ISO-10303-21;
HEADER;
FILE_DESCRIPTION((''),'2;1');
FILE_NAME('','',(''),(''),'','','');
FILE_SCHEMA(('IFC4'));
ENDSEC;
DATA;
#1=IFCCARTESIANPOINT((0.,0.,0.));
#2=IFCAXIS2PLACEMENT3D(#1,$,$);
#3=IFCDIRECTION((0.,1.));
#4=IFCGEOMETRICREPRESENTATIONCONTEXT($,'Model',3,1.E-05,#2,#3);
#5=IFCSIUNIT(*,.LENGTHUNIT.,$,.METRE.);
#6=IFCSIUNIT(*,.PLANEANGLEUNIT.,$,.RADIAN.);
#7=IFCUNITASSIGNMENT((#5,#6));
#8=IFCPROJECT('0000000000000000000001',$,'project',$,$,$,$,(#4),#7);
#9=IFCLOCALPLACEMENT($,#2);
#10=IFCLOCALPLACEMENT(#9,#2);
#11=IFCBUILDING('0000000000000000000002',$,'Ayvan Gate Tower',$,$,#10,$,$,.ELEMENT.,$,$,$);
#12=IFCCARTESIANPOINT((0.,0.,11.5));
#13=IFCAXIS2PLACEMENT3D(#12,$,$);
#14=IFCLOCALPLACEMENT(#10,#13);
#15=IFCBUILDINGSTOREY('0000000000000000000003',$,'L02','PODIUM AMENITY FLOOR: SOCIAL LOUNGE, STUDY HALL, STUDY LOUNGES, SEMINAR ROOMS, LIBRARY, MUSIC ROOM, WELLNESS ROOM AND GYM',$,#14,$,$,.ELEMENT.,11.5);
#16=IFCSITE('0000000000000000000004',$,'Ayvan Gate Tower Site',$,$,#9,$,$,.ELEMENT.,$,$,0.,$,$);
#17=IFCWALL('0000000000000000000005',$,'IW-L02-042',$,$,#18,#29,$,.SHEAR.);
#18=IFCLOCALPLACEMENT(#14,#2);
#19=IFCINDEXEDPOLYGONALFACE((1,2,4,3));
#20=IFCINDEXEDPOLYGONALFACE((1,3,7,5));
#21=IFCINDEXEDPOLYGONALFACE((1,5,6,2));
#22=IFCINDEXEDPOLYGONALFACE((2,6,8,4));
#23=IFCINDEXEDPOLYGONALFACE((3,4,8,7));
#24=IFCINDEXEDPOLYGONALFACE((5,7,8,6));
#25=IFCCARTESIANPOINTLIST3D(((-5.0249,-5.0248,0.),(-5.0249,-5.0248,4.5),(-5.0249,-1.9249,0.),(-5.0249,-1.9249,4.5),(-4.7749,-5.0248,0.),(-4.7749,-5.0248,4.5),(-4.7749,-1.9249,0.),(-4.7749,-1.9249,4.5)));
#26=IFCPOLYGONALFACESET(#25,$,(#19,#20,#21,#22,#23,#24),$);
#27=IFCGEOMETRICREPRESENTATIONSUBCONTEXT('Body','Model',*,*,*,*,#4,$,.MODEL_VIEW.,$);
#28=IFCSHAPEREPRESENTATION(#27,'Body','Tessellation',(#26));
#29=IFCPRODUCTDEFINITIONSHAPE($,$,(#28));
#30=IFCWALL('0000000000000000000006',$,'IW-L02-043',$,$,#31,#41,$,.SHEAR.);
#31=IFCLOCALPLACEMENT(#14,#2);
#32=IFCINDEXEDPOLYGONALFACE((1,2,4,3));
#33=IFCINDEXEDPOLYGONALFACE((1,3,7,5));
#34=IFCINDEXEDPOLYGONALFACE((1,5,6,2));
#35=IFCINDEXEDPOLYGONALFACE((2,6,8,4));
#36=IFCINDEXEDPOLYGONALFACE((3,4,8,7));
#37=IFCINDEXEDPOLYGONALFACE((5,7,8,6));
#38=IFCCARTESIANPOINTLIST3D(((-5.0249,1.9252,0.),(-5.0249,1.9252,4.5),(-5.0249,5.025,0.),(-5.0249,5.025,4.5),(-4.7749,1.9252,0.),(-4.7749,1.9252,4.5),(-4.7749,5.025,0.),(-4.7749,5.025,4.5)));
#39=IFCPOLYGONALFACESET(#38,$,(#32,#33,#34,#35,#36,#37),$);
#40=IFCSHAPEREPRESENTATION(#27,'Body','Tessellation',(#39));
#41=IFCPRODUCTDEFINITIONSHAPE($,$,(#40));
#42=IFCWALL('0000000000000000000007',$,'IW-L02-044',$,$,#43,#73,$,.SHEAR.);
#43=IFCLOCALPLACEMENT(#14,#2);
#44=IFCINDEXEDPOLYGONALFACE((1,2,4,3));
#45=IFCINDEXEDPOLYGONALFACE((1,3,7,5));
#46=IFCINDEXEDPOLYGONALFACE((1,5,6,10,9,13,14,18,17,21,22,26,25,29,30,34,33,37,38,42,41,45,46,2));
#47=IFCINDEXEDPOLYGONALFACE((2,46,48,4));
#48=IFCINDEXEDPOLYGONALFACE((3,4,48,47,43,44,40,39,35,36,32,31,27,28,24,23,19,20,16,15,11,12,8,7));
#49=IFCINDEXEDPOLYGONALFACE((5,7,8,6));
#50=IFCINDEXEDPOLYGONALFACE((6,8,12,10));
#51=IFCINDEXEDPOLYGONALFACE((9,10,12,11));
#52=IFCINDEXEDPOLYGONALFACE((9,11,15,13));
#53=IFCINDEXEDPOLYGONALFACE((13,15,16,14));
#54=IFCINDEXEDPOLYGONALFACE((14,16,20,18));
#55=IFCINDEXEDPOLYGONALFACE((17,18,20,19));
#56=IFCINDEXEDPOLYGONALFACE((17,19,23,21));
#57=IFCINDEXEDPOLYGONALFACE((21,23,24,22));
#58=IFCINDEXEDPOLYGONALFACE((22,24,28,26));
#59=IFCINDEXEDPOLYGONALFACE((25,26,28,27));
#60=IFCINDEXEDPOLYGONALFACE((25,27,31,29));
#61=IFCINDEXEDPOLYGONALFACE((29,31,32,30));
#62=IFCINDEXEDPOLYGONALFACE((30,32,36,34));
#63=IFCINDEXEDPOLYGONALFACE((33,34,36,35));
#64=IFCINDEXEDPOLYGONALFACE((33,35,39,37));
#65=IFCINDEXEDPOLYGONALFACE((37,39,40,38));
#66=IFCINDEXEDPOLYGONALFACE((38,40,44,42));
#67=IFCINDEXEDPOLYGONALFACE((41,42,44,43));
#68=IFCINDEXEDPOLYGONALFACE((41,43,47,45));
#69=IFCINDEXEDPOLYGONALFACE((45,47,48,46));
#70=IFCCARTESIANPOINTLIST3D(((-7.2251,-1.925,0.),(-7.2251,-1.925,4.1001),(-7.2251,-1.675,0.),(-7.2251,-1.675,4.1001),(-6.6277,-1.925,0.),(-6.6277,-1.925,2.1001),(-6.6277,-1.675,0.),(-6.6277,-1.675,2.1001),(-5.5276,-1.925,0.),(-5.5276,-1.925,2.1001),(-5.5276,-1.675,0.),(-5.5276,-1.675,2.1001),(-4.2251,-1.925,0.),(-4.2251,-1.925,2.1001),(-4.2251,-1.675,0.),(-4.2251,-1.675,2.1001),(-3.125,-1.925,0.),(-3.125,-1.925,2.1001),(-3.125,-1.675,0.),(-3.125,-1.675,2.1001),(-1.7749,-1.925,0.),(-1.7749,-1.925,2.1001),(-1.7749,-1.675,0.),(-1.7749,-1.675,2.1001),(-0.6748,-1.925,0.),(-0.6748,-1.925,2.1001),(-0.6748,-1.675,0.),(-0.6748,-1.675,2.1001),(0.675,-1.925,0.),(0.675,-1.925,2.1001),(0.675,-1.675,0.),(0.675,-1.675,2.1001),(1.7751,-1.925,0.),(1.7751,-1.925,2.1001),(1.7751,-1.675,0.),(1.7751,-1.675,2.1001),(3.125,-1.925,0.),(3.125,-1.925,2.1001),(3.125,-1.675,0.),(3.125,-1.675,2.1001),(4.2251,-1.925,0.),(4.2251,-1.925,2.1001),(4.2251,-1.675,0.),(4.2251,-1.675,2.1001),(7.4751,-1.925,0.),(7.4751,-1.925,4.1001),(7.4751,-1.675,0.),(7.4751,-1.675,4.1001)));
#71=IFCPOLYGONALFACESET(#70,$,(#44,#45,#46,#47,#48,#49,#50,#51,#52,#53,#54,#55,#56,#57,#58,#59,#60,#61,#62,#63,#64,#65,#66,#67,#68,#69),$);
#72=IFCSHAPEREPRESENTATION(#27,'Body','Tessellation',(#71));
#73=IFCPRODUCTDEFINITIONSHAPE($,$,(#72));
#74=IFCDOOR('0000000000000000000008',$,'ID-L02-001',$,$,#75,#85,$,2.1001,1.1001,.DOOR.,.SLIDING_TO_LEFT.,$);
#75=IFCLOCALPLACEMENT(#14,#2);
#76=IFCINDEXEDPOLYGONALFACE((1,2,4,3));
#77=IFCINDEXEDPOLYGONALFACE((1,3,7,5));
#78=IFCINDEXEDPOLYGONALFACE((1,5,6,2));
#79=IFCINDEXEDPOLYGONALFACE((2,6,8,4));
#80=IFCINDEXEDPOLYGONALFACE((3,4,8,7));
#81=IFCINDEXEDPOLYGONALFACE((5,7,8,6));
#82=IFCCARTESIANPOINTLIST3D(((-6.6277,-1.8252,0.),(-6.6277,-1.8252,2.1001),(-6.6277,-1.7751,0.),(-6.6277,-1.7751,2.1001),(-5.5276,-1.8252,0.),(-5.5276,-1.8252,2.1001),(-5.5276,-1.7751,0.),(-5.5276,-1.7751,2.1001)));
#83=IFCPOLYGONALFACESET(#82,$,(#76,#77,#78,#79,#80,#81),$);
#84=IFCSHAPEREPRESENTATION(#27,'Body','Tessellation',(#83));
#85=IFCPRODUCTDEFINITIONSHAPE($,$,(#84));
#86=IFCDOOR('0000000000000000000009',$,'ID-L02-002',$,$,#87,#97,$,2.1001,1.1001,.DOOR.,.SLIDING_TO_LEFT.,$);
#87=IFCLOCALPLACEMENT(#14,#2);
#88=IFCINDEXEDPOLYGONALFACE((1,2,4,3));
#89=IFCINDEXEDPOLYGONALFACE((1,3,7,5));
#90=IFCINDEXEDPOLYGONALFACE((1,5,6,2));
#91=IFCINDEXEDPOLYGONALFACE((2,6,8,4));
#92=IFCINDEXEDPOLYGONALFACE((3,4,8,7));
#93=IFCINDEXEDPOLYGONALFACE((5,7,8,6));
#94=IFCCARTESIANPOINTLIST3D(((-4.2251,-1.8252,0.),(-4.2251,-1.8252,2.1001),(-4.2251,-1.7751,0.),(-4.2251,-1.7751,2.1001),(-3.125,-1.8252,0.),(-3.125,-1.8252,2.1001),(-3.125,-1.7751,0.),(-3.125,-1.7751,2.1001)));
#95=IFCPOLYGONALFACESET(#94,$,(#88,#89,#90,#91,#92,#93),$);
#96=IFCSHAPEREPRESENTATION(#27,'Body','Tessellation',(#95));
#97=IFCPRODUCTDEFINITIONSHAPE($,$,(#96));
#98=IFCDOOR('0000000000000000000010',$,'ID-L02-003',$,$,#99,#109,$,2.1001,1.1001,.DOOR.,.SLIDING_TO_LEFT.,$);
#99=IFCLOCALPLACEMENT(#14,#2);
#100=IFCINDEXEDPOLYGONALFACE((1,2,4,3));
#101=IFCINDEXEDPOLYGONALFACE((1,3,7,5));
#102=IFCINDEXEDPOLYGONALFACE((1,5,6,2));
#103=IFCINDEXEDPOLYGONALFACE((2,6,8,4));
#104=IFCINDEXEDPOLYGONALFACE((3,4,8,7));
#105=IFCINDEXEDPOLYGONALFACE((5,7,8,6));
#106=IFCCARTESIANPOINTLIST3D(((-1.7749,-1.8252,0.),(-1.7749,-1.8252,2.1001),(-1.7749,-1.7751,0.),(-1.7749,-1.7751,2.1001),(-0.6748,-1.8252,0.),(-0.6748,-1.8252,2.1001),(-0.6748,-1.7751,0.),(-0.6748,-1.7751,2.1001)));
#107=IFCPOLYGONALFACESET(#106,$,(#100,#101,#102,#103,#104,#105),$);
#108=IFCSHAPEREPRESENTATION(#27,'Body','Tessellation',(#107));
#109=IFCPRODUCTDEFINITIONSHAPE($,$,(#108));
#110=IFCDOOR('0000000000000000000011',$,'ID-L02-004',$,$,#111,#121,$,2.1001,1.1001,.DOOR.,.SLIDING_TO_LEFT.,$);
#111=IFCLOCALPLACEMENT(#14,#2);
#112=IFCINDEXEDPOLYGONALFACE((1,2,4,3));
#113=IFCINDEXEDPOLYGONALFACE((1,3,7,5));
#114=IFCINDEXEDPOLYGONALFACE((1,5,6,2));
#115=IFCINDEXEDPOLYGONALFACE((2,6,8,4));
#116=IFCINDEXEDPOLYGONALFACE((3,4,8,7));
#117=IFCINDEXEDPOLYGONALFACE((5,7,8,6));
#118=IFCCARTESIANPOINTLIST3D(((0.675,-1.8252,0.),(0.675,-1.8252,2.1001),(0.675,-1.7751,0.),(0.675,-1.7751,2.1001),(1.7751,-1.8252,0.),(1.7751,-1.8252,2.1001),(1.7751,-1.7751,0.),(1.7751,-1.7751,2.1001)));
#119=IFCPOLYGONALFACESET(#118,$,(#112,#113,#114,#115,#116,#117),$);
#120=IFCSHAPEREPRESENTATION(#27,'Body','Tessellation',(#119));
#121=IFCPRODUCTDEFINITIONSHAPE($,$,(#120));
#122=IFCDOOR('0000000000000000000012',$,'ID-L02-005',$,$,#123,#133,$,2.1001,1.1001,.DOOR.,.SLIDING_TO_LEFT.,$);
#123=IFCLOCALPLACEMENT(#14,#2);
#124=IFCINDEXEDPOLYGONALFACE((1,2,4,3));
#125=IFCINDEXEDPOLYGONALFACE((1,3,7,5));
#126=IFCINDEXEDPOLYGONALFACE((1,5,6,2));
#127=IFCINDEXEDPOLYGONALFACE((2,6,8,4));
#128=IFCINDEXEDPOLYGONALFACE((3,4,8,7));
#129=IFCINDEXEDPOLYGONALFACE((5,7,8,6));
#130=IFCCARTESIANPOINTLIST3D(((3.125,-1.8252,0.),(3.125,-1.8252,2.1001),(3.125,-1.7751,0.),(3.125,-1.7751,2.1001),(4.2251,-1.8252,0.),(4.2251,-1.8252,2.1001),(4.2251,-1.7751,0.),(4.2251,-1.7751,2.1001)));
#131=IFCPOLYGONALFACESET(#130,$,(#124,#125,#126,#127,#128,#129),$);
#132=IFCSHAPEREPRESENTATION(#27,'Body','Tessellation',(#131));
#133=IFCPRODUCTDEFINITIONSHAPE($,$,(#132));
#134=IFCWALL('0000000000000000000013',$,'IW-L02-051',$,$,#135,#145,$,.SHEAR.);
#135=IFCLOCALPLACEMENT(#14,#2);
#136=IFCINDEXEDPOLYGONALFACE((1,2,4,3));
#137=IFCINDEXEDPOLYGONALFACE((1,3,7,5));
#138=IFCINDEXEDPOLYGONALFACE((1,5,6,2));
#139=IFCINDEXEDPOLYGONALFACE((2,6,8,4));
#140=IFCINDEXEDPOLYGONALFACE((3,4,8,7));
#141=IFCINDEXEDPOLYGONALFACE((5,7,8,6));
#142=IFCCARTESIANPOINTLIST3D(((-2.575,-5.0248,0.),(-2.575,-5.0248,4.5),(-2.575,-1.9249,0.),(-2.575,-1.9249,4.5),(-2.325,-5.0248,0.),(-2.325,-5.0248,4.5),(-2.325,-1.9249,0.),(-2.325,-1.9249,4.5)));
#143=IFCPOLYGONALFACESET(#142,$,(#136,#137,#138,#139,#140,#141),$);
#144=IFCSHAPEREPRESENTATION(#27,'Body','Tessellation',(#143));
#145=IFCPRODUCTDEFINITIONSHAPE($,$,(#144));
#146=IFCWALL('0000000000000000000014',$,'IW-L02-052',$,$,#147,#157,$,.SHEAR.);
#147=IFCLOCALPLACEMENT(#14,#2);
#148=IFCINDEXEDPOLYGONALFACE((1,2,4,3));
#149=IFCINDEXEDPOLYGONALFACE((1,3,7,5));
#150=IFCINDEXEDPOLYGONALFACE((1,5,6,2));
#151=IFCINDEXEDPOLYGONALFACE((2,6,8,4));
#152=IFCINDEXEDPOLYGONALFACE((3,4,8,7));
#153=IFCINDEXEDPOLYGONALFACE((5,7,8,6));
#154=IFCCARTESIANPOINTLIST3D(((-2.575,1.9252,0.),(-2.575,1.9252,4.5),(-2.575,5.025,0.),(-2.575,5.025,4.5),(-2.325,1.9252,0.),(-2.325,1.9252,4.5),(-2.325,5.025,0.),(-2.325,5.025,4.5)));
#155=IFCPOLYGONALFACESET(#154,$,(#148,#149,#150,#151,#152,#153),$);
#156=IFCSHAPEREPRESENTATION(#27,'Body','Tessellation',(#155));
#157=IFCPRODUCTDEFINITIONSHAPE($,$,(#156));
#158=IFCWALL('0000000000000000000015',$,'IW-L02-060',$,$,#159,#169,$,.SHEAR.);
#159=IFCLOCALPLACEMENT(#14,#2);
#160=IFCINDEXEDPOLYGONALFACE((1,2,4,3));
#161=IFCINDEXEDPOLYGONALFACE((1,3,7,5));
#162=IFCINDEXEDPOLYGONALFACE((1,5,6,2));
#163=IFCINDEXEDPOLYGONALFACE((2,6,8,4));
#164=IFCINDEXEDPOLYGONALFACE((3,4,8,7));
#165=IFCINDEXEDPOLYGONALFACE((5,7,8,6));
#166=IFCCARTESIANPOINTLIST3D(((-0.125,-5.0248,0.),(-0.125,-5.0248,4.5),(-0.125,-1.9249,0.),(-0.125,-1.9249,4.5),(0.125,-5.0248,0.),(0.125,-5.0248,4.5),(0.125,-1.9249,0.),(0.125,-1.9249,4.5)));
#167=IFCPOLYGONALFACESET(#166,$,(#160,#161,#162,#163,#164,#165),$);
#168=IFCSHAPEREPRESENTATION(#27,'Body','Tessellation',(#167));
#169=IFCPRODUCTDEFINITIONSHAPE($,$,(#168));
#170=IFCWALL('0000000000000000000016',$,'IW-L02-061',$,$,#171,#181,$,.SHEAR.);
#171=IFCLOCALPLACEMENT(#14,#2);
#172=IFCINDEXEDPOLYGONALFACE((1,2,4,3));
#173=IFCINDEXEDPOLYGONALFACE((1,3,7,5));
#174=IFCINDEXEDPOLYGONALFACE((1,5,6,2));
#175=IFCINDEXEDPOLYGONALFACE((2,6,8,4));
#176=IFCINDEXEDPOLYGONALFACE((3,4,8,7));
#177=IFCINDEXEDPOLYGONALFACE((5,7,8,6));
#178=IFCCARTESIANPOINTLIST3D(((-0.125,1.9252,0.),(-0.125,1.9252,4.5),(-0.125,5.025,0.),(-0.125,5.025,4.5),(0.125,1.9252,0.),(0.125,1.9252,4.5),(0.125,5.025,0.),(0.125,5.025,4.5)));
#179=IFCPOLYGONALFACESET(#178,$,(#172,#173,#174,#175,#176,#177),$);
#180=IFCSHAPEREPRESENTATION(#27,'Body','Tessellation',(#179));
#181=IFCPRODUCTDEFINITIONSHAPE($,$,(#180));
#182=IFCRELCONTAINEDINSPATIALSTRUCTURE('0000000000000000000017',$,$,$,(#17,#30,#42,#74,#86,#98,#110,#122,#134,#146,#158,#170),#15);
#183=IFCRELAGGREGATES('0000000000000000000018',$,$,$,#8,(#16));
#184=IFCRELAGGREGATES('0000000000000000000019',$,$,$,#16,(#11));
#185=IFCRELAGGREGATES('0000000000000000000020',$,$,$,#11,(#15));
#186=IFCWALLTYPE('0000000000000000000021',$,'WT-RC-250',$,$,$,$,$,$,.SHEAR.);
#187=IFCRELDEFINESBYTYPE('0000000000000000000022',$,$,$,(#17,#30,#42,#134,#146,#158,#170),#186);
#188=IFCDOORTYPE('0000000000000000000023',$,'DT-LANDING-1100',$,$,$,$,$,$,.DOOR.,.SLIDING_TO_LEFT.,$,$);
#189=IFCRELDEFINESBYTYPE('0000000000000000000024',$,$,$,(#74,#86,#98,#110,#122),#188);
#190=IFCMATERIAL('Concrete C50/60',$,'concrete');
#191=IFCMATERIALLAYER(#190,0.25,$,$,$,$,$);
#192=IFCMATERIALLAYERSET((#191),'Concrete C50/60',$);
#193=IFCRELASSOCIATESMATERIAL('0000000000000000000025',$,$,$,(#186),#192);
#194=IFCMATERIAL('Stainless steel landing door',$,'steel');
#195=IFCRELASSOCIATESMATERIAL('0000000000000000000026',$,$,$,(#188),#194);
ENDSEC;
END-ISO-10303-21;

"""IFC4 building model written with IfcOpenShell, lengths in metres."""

from ifc_helpers import new_model, si_unit, direction, frame, frame_2d, origin, place, context, subcontext, project, spatial, rectangle, extrude, material, layer, layer_set, type_object, element, fill, save


model = new_model("IFC4")

# Units and contexts
model_context = context("Model", 3, precision=1e-05, world=origin(), true_north=direction((0.0, 1.0)))
body_context = subcontext(model_context, "Body", "Model", "MODEL_VIEW")
ifc_project = project(units=[si_unit("LENGTHUNIT", "METRE"), si_unit("PLANEANGLEUNIT", "RADIAN")], contexts=[model_context])

# Site, building, storey
site_placement = place(None, origin())
site = spatial("IfcSite", under=ifc_project, at=site_placement, Name="Ayvan Gate Tower Site", CompositionType="ELEMENT", RefElevation=0.0)
building_placement = place(site_placement, origin())
building = spatial("IfcBuilding", under=site, at=building_placement, Name="Ayvan Gate Tower", CompositionType="ELEMENT")
storey_placement = place(building_placement, frame((0.0, 0.0, 11.5)))
storey = spatial("IfcBuildingStorey", under=building, at=storey_placement, Name="L02", Description="PODIUM AMENITY FLOOR: SOCIAL LOUNGE, STUDY HALL, STUDY LOUNGES, SEMINAR ROOMS, LIBRARY, MUSIC ROOM, WELLNESS ROOM AND GYM", CompositionType="ELEMENT", Elevation=11.5)

# Walls
ifc_material_1 = material(Name="Concrete C50/60", Category="concrete")
ifc_layer_1 = layer(ifc_material_1, 0.25)
ifc_layer_set_1 = layer_set([ifc_layer_1], Name="Concrete C50/60")
wall_type_1 = type_object("IfcWallType", Name="WT-RC-250", PredefinedType="SHEAR", material=ifc_layer_set_1)
for number, where, z_axis, x_axis, name in (
    (1, (-4.8999, -1.925, 0.0), (0.0, 0.0, 1.0), (0.0, -1.0, 0.0), "IW-L02-042"),
    (2, (-4.8999, 5.0249, 0.0), (0.0, 0.0, 1.0), (0.0, -1.0, 0.0), "IW-L02-043"),
):
    element("IfcWall", number, at=place(storey_placement, frame(where, z_axis=z_axis, x_axis=x_axis)), inside=storey, type_object=wall_type_1, Name=name, PredefinedType="SHEAR", context=body_context, shape_type="SweptSolid", body=[
        extrude(rectangle(XDim=3.0999, YDim=0.25, at=frame_2d((1.5498, 0.0))), origin(), (0.0, 0.0, 1.0), 4.5),
    ])

# Wall, openings, doors
wall_1_placement = place(storey_placement, frame((-7.2251, -1.8, 0.0), z_axis=(0.0, 0.0, 1.0), x_axis=(1.0, 0.0, 0.0)))
wall_1 = element("IfcWall", 3, at=wall_1_placement, inside=storey, type_object=wall_type_1, Name="IW-L02-044", PredefinedType="SHEAR", context=body_context, shape_type="SweptSolid", body=[
    extrude(rectangle(XDim=14.7002, YDim=0.25, at=frame_2d((7.3501, 0.0))), origin(), (0.0, 0.0, 1.0), 4.1001),
])
opening_1_placement = place(wall_1_placement, frame((0.5974, 0.0, 0.0)))
opening_1 = element("IfcOpeningElement", 4, at=opening_1_placement, cuts=wall_1, PredefinedType="OPENING", context=body_context, shape_type="SweptSolid", body=[
    extrude(rectangle(XDim=1.1001, YDim=2.1001, at=frame_2d((0.55, 1.05))), frame((0.0, 0.135, 0.0), z_axis=(0.0, -1.0, 0.0), x_axis=(1.0, 0.0, 0.0)), (0.0, 0.0, 1.0), 0.27),
])
opening_2_placement = place(wall_1_placement, frame((3.0, 0.0, 0.0)))
opening_2 = element("IfcOpeningElement", 5, at=opening_2_placement, cuts=wall_1, PredefinedType="OPENING", context=body_context, shape_type="SweptSolid", body=[
    extrude(rectangle(XDim=1.1001, YDim=2.1001, at=frame_2d((0.55, 1.05))), frame((0.0, 0.135, 0.0), z_axis=(0.0, -1.0, 0.0), x_axis=(1.0, 0.0, 0.0)), (0.0, 0.0, 1.0), 0.27),
])
opening_3_placement = place(wall_1_placement, frame((5.4502, 0.0, 0.0)))
opening_3 = element("IfcOpeningElement", 6, at=opening_3_placement, cuts=wall_1, PredefinedType="OPENING", context=body_context, shape_type="SweptSolid", body=[
    extrude(rectangle(XDim=1.1001, YDim=2.1001, at=frame_2d((0.55, 1.05))), frame((0.0, 0.135, 0.0), z_axis=(0.0, -1.0, 0.0), x_axis=(1.0, 0.0, 0.0)), (0.0, 0.0, 1.0), 0.27),
])
opening_4_placement = place(wall_1_placement, frame((7.9001, 0.0, 0.0)))
opening_4 = element("IfcOpeningElement", 7, at=opening_4_placement, cuts=wall_1, PredefinedType="OPENING", context=body_context, shape_type="SweptSolid", body=[
    extrude(rectangle(XDim=1.1001, YDim=2.1001, at=frame_2d((0.55, 1.05))), frame((0.0, 0.135, 0.0), z_axis=(0.0, -1.0, 0.0), x_axis=(1.0, 0.0, 0.0)), (0.0, 0.0, 1.0), 0.27),
])
opening_5_placement = place(wall_1_placement, frame((10.3501, 0.0, 0.0)))
opening_5 = element("IfcOpeningElement", 8, at=opening_5_placement, cuts=wall_1, PredefinedType="OPENING", context=body_context, shape_type="SweptSolid", body=[
    extrude(rectangle(XDim=1.1001, YDim=2.1001, at=frame_2d((0.55, 1.05))), frame((0.0, 0.135, 0.0), z_axis=(0.0, -1.0, 0.0), x_axis=(1.0, 0.0, 0.0)), (0.0, 0.0, 1.0), 0.27),
])
ifc_material_2 = material(Name="Stainless steel landing door", Category="steel")
door_type_1 = type_object("IfcDoorType", Name="DT-LANDING-1100", OperationType="SLIDING_TO_LEFT", PredefinedType="DOOR", material=ifc_material_2)
door_1_placement = place(opening_1_placement, origin())
door_1 = element("IfcDoor", 9, at=door_1_placement, inside=storey, type_object=door_type_1, Name="ID-L02-001", OperationType="SLIDING_TO_LEFT", OverallHeight=2.1001, OverallWidth=1.1001, PredefinedType="DOOR", context=body_context, shape_type="SweptSolid", body=[
    extrude(rectangle(XDim=1.1001, YDim=2.1001, at=frame_2d((0.55, 1.05))), frame((0.0, 0.0249, 0.0), z_axis=(0.0, -1.0, 0.0), x_axis=(1.0, 0.0, 0.0)), (0.0, 0.0, 1.0), 0.05),
])
fill(opening_1, door_1)
door_2_placement = place(opening_2_placement, origin())
door_2 = element("IfcDoor", 10, at=door_2_placement, inside=storey, type_object=door_type_1, Name="ID-L02-002", OperationType="SLIDING_TO_LEFT", OverallHeight=2.1001, OverallWidth=1.1001, PredefinedType="DOOR", context=body_context, shape_type="SweptSolid", body=[
    extrude(rectangle(XDim=1.1001, YDim=2.1001, at=frame_2d((0.55, 1.05))), frame((0.0, 0.0249, 0.0), z_axis=(0.0, -1.0, 0.0), x_axis=(1.0, 0.0, 0.0)), (0.0, 0.0, 1.0), 0.05),
])
fill(opening_2, door_2)
door_3_placement = place(opening_3_placement, origin())
door_3 = element("IfcDoor", 11, at=door_3_placement, inside=storey, type_object=door_type_1, Name="ID-L02-003", OperationType="SLIDING_TO_LEFT", OverallHeight=2.1001, OverallWidth=1.1001, PredefinedType="DOOR", context=body_context, shape_type="SweptSolid", body=[
    extrude(rectangle(XDim=1.1001, YDim=2.1001, at=frame_2d((0.55, 1.05))), frame((0.0, 0.0249, 0.0), z_axis=(0.0, -1.0, 0.0), x_axis=(1.0, 0.0, 0.0)), (0.0, 0.0, 1.0), 0.05),
])
fill(opening_3, door_3)
door_4_placement = place(opening_4_placement, origin())
door_4 = element("IfcDoor", 12, at=door_4_placement, inside=storey, type_object=door_type_1, Name="ID-L02-004", OperationType="SLIDING_TO_LEFT", OverallHeight=2.1001, OverallWidth=1.1001, PredefinedType="DOOR", context=body_context, shape_type="SweptSolid", body=[
    extrude(rectangle(XDim=1.1001, YDim=2.1001, at=frame_2d((0.55, 1.05))), frame((0.0, 0.0249, 0.0), z_axis=(0.0, -1.0, 0.0), x_axis=(1.0, 0.0, 0.0)), (0.0, 0.0, 1.0), 0.05),
])
fill(opening_4, door_4)
door_5_placement = place(opening_5_placement, origin())
door_5 = element("IfcDoor", 13, at=door_5_placement, inside=storey, type_object=door_type_1, Name="ID-L02-005", OperationType="SLIDING_TO_LEFT", OverallHeight=2.1001, OverallWidth=1.1001, PredefinedType="DOOR", context=body_context, shape_type="SweptSolid", body=[
    extrude(rectangle(XDim=1.1001, YDim=2.1001, at=frame_2d((0.55, 1.05))), frame((0.0, 0.0249, 0.0), z_axis=(0.0, -1.0, 0.0), x_axis=(1.0, 0.0, 0.0)), (0.0, 0.0, 1.0), 0.05),
])
fill(opening_5, door_5)

# Walls
for number, where, z_axis, x_axis, name in (
    (14, (-2.45, -1.925, 0.0), (0.0, 0.0, 1.0), (0.0, -1.0, 0.0), "IW-L02-051"),
    (15, (-2.45, 5.0249, 0.0), (0.0, 0.0, 1.0), (0.0, -1.0, 0.0), "IW-L02-052"),
    (16, (0.0, -1.925, 0.0), (0.0, 0.0, 1.0), (0.0, -1.0, 0.0), "IW-L02-060"),
    (17, (0.0, 5.0249, 0.0), (0.0, 0.0, 1.0), (0.0, -1.0, 0.0), "IW-L02-061"),
):
    element("IfcWall", number, at=place(storey_placement, frame(where, z_axis=z_axis, x_axis=x_axis)), inside=storey, type_object=wall_type_1, Name=name, PredefinedType="SHEAR", context=body_context, shape_type="SweptSolid", body=[
        extrude(rectangle(XDim=3.0999, YDim=0.25, at=frame_2d((1.5498, 0.0))), origin(), (0.0, 0.0, 1.0), 4.5),
    ])

save(model, "model.ifc")
